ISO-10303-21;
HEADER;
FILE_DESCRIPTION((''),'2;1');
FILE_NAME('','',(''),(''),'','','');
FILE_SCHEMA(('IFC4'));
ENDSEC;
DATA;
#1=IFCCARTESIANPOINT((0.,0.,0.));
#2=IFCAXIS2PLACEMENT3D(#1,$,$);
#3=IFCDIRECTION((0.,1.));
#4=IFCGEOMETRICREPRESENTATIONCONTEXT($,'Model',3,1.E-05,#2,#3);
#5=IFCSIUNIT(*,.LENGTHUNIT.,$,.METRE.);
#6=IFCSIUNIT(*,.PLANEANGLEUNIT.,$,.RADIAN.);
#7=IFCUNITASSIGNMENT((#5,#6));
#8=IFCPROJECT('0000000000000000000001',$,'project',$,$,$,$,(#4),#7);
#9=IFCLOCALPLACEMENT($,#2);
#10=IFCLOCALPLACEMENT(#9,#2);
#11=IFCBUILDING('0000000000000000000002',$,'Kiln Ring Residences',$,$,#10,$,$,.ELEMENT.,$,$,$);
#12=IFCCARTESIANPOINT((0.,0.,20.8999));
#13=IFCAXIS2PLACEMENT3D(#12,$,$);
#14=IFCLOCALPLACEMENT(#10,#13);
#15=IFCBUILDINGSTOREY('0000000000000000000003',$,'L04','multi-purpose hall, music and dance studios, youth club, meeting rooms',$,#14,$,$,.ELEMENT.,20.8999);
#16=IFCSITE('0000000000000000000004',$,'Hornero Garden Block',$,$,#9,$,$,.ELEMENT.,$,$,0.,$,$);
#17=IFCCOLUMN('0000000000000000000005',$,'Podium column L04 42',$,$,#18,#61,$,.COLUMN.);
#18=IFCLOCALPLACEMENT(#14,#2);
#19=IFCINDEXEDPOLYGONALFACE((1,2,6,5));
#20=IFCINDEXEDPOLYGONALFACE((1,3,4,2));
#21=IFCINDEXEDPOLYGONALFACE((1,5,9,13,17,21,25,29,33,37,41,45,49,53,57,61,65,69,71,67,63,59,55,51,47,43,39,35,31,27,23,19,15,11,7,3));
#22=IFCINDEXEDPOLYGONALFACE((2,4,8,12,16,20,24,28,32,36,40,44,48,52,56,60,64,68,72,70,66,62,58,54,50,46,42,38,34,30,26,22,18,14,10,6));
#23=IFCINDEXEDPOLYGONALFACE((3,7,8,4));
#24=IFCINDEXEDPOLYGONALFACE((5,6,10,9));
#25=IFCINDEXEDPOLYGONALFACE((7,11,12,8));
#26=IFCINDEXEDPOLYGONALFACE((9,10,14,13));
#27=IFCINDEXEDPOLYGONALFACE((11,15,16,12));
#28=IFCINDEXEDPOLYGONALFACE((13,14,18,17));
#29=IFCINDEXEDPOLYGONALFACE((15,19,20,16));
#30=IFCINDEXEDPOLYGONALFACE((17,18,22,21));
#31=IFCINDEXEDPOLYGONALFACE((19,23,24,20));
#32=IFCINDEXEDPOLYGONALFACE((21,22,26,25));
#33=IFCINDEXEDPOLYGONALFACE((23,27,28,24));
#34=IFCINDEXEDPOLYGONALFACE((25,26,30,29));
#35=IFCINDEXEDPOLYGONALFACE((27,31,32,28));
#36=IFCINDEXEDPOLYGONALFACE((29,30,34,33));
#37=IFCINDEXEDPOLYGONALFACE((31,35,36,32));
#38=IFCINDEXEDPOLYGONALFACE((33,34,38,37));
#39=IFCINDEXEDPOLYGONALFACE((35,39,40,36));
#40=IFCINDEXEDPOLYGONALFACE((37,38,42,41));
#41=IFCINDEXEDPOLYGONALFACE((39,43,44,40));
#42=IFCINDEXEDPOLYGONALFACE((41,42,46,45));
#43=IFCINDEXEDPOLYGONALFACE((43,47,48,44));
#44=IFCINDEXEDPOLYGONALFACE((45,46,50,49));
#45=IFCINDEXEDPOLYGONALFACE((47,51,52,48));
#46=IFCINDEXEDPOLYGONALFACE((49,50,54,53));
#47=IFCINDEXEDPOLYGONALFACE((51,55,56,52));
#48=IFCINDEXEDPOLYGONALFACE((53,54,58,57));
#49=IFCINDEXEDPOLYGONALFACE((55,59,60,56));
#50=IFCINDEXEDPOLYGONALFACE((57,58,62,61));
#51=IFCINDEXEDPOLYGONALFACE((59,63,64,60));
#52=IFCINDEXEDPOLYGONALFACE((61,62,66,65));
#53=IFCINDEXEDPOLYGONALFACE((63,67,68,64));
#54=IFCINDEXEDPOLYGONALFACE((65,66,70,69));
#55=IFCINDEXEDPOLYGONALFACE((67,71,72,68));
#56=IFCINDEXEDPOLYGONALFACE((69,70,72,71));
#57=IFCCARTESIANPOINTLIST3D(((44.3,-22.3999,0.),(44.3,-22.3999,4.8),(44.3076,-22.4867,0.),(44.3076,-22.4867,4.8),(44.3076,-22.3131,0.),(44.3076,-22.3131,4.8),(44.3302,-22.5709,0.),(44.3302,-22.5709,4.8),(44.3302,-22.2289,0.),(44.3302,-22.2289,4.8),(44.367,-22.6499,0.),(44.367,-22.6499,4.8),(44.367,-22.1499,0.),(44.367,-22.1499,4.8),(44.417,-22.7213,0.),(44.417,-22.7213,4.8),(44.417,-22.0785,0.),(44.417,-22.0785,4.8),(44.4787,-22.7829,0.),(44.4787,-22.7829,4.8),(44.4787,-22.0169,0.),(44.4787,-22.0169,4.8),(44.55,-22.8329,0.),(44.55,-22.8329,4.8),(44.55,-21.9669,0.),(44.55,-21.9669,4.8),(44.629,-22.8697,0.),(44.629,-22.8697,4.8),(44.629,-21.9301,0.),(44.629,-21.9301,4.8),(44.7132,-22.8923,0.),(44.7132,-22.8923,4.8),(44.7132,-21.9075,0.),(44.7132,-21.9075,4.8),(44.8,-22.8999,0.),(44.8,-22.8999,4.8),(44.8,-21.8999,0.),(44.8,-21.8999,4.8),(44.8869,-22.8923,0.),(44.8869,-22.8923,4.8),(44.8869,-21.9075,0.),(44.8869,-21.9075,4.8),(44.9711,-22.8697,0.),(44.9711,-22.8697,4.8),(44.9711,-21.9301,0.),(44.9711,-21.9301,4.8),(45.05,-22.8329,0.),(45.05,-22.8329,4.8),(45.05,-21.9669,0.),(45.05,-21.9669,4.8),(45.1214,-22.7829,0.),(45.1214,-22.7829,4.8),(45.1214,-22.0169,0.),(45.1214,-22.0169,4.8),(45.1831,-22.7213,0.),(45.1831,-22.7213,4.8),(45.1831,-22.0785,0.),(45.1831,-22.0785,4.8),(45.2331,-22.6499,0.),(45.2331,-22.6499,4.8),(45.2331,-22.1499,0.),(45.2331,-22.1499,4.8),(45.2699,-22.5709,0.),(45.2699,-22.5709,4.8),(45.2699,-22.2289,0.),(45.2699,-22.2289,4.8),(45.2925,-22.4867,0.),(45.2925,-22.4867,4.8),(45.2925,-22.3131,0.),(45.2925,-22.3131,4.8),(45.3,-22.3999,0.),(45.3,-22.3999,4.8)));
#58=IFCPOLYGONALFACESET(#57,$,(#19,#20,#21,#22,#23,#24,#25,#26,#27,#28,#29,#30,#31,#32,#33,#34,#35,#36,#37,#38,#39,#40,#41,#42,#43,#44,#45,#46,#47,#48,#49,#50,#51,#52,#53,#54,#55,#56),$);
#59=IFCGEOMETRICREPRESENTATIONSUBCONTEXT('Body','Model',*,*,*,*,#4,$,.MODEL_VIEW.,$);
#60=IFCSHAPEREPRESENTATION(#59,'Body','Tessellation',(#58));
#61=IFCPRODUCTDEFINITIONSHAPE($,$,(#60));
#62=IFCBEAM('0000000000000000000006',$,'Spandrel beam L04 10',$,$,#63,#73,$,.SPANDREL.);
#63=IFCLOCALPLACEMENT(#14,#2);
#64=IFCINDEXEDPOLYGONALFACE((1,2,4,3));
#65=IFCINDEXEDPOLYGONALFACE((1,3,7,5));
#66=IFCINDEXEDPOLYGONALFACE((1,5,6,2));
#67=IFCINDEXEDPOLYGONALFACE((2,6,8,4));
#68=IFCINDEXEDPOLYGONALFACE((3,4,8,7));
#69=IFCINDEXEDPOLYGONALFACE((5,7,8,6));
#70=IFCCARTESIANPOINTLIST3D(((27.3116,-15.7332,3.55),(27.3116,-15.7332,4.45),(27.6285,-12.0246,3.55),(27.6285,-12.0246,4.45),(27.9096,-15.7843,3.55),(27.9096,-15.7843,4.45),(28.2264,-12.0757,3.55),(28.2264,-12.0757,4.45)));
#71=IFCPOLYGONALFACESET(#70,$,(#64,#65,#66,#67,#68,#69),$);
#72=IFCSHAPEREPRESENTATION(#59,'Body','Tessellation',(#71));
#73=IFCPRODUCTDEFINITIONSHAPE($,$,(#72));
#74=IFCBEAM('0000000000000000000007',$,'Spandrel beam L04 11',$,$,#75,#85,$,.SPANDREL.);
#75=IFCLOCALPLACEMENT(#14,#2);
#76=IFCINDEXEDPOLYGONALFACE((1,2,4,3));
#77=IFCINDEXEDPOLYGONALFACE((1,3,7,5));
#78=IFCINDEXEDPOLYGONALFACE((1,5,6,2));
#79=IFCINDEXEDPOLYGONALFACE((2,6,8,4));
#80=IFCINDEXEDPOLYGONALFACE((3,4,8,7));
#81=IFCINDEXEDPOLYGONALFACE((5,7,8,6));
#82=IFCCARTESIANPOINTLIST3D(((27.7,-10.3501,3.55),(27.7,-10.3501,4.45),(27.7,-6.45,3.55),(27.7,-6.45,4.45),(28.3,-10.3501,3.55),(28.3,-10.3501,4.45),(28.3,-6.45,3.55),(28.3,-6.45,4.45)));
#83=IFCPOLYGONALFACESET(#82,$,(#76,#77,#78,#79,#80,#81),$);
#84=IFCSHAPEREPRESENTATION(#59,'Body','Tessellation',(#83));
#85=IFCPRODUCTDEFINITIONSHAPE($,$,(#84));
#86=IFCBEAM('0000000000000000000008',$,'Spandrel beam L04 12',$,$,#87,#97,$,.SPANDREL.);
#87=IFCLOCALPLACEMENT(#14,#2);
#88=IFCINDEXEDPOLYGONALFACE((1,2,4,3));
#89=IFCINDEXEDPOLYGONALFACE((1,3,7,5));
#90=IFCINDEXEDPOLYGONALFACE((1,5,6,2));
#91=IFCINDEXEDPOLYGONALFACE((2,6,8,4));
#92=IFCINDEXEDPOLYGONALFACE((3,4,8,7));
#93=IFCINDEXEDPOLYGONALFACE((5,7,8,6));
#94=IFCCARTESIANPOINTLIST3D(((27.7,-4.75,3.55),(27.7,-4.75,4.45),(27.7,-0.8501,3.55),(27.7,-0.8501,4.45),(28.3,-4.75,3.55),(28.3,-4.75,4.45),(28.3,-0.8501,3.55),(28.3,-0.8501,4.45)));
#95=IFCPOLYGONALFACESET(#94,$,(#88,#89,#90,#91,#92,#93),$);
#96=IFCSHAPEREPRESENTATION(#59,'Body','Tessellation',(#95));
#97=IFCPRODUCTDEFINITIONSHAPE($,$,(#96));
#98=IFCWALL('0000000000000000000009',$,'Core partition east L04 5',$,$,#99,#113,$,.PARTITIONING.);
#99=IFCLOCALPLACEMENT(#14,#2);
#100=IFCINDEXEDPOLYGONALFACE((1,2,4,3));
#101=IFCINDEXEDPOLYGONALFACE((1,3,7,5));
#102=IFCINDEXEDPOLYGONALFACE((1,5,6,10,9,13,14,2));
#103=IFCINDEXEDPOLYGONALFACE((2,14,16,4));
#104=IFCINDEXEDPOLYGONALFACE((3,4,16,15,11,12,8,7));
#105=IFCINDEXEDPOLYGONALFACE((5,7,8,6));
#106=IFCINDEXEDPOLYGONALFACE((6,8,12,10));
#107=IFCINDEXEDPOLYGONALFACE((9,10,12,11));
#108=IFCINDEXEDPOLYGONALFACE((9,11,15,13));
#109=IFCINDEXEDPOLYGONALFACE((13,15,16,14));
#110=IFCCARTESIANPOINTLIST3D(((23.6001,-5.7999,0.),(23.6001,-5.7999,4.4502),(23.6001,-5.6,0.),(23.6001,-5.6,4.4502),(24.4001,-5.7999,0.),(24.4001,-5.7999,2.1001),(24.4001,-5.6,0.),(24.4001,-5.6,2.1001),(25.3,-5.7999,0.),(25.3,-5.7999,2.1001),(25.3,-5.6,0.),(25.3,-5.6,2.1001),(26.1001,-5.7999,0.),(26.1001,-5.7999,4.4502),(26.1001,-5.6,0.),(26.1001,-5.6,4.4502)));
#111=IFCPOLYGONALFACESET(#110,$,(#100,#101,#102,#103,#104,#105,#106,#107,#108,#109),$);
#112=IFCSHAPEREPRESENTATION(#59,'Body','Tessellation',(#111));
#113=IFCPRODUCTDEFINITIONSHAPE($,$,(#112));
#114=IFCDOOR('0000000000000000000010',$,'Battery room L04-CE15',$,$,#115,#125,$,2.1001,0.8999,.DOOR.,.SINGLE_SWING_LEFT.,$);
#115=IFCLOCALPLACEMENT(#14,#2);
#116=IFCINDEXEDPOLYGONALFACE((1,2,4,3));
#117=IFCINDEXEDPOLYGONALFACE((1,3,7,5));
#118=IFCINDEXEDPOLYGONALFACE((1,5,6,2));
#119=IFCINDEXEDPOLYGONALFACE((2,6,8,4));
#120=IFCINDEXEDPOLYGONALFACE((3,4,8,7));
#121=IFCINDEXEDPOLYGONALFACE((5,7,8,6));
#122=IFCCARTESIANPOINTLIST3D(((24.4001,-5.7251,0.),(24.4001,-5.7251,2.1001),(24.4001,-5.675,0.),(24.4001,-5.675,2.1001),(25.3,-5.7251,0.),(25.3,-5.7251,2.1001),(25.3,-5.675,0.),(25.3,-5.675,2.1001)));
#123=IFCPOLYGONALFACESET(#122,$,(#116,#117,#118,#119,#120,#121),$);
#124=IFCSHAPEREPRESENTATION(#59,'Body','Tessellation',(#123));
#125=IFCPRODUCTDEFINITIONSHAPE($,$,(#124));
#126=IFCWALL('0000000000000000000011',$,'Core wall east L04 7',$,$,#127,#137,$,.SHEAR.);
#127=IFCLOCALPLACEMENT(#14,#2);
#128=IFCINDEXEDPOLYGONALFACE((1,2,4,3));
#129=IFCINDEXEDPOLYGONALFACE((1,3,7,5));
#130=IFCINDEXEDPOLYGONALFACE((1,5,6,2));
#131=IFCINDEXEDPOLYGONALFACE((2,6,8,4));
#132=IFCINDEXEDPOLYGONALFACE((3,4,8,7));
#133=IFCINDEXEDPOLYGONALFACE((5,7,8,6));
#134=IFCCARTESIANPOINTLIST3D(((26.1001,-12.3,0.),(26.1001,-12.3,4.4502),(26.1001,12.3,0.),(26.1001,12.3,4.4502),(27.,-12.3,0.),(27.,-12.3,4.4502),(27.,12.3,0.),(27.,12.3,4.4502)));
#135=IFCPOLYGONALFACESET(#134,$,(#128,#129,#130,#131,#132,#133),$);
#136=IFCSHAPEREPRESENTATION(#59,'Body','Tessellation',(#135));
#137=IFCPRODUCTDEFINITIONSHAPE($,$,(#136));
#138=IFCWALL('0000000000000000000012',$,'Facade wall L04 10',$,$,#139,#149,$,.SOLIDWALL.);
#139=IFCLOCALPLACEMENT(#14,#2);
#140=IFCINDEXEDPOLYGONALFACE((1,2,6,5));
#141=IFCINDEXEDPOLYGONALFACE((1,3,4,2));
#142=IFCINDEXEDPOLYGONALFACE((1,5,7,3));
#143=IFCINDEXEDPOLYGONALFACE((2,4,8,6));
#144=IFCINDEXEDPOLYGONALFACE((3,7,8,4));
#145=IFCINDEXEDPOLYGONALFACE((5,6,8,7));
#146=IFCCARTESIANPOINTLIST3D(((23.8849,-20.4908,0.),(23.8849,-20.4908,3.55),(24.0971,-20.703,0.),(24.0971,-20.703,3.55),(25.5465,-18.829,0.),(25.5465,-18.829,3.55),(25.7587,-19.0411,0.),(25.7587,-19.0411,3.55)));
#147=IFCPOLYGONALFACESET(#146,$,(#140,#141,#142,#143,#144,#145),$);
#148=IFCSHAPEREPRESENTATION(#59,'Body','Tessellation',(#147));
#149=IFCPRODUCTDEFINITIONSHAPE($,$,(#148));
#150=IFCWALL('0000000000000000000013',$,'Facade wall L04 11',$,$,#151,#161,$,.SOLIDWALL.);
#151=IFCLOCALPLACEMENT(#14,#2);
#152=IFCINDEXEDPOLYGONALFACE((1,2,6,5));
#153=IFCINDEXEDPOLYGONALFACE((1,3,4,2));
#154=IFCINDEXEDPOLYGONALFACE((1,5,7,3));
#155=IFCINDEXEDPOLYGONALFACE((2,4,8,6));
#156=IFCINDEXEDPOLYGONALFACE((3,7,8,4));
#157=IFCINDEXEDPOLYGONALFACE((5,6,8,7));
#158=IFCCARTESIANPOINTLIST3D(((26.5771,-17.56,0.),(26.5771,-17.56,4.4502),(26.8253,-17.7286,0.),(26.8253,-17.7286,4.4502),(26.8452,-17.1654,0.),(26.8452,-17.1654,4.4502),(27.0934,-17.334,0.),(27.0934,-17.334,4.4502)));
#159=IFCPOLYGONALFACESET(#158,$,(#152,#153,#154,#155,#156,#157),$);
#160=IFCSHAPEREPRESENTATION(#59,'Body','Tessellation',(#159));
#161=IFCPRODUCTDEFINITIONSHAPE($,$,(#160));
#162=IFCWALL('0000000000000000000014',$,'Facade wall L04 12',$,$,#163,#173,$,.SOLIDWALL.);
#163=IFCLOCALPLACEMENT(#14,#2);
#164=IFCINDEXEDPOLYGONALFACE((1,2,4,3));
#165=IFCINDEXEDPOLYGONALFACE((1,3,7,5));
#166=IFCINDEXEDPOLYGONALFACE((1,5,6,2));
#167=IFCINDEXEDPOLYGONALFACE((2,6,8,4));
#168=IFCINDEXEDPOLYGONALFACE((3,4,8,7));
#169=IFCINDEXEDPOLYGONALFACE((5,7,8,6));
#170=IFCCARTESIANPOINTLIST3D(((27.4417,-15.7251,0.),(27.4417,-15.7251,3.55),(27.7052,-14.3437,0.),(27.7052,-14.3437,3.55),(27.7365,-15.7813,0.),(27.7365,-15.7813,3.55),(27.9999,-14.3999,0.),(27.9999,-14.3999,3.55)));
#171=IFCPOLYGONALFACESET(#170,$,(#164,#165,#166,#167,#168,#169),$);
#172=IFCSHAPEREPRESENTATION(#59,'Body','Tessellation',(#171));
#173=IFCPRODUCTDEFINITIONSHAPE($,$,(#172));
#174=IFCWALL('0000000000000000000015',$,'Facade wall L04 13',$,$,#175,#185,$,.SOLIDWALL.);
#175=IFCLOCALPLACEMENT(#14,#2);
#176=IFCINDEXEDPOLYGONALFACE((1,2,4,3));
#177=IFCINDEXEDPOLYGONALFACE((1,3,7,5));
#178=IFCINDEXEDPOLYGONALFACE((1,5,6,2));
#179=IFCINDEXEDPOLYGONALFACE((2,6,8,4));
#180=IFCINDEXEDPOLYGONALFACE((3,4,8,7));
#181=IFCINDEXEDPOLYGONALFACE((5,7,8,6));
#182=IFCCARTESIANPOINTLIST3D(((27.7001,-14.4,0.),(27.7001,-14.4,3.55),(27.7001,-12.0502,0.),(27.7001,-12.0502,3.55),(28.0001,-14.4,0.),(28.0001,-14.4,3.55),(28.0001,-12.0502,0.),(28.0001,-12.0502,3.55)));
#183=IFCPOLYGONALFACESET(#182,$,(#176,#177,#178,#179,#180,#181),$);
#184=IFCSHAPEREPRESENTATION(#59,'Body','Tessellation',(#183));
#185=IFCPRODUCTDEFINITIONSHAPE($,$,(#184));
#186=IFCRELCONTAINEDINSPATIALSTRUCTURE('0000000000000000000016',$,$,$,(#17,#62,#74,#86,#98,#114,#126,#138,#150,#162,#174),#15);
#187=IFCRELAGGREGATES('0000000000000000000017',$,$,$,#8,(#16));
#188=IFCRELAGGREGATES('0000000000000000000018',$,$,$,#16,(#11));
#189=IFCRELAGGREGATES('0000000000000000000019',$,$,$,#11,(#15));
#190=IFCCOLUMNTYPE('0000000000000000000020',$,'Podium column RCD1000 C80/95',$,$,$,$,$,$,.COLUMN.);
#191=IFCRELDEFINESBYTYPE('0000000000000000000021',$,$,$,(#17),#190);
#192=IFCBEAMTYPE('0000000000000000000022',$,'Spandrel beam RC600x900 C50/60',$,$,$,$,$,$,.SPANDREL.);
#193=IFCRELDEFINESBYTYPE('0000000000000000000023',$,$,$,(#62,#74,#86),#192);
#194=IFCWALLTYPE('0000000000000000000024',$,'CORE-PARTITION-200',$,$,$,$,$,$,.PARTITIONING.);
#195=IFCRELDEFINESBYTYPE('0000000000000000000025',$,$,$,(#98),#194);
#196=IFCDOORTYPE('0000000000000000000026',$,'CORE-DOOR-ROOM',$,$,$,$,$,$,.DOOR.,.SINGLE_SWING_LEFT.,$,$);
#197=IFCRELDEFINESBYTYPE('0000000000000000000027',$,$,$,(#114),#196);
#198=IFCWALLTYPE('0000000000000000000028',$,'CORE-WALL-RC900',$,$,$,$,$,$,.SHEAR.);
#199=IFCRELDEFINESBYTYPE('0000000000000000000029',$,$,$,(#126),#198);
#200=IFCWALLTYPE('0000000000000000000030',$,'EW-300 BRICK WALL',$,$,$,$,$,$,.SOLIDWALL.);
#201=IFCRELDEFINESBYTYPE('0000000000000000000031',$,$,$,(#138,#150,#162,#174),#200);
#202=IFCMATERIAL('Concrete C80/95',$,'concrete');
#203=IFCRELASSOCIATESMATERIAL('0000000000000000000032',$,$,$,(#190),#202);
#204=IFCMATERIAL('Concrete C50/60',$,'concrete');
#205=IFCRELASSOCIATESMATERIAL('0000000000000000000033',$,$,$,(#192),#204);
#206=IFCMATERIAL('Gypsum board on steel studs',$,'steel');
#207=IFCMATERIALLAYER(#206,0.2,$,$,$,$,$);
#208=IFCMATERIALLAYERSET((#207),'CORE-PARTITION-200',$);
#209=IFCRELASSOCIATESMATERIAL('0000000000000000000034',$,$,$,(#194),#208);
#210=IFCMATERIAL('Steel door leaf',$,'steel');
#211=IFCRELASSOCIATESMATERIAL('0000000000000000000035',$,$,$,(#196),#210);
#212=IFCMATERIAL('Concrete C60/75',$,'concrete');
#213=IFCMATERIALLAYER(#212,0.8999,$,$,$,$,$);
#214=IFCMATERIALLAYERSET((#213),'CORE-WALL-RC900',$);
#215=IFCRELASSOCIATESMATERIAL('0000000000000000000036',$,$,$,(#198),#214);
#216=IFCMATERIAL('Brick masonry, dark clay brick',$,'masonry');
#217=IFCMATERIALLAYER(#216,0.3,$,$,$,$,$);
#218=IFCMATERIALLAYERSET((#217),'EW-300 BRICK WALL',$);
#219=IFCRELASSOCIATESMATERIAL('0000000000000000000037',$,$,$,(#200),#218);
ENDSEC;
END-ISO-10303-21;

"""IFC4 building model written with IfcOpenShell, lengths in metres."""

from ifc_helpers import new_model, si_unit, direction, frame, frame_2d, origin, origin_2d, place, context, subcontext, project, spatial, rectangle, circle, extrude, material, layer, layer_set, material_profile, profile_set, type_object, element, fill, save


model = new_model("IFC4")

# Units and contexts
model_context = context("Model", 3, precision=1e-05, world=origin(), true_north=direction((0.0, 1.0)))
body_context = subcontext(model_context, "Body", "Model", "MODEL_VIEW")
ifc_project = project(units=[si_unit("LENGTHUNIT", "METRE"), si_unit("PLANEANGLEUNIT", "RADIAN")], contexts=[model_context])

# Site, building, storey
site_placement = place(None, origin())
site = spatial("IfcSite", under=ifc_project, at=site_placement, Name="Hornero Garden Block", CompositionType="ELEMENT", RefElevation=0.0)
building_placement = place(site_placement, origin())
building = spatial("IfcBuilding", under=site, at=building_placement, Name="Kiln Ring Residences", CompositionType="ELEMENT")
storey_placement = place(building_placement, frame((0.0, 0.0, 20.8999)))
storey = spatial("IfcBuildingStorey", under=building, at=storey_placement, Name="L04", Description="multi-purpose hall, music and dance studios, youth club, meeting rooms", CompositionType="ELEMENT", Elevation=20.8999)

# Column
ifc_material_1 = material(Name="Concrete C80/95", Category="concrete")
ifc_material_profile_1 = material_profile(ifc_material_1, circle(Radius=0.5, at=origin_2d()), Name="RCD1000")
ifc_profile_set_1 = profile_set([ifc_material_profile_1], Name="Concrete C80/95")
column_type_1 = type_object("IfcColumnType", Name="Podium column RCD1000 C80/95", PredefinedType="COLUMN", material=ifc_profile_set_1)
for number, where, z_axis, x_axis, name in (
    (1, (44.8, -22.3999, 0.0), (0.0, 0.0, 1.0), (1.0, 0.0, 0.0), "Podium column L04 42"),
):
    element("IfcColumn", number, at=place(storey_placement, frame(where, z_axis=z_axis, x_axis=x_axis)), inside=storey, type_object=column_type_1, Name=name, PredefinedType="COLUMN", context=body_context, shape_type="SweptSolid", body=[
        extrude(circle(Radius=0.5, at=origin_2d()), origin(), (0.0, 0.0, 1.0), 4.8),
    ])

# Beams
ifc_material_2 = material(Name="Concrete C50/60", Category="concrete")
ifc_material_profile_2 = material_profile(ifc_material_2, rectangle(XDim=0.6001, YDim=0.8999, at=origin_2d()), Name="RC600x900")
ifc_profile_set_2 = profile_set([ifc_material_profile_2], Name="Concrete C50/60")
beam_type = type_object("IfcBeamType", Name="Spandrel beam RC600x900 C50/60", PredefinedType="SPANDREL", material=ifc_profile_set_2)
beam_1_placement = place(storey_placement, frame((27.6106, -15.7588, 4.0), z_axis=(0.085135, 0.996369, 0.0), x_axis=(-0.996369, 0.085135, 0.0)))
element("IfcBeam", 2, at=beam_1_placement, inside=storey, type_object=beam_type, Name="Spandrel beam L04 10", PredefinedType="SPANDREL", context=body_context, shape_type="SweptSolid", body=[
    extrude(rectangle(XDim=0.6001, YDim=0.8999, at=origin_2d()), origin(), (0.0, 0.0, 1.0), 3.7222),
])
beam_2_placement = place(storey_placement, frame((28.0, -10.3501, 4.0), z_axis=(0.0, 1.0, 0.0), x_axis=(-1.0, 0.0, 0.0)))
element("IfcBeam", 3, at=beam_2_placement, inside=storey, type_object=beam_type, Name="Spandrel beam L04 11", PredefinedType="SPANDREL", context=body_context, shape_type="SweptSolid", body=[
    extrude(rectangle(XDim=0.6001, YDim=0.8999, at=origin_2d()), origin(), (0.0, 0.0, 1.0), 3.9001),
])
beam_3_placement = place(storey_placement, frame((28.0, -4.75, 4.0), z_axis=(0.0, 1.0, 0.0), x_axis=(-1.0, 0.0, 0.0)))
element("IfcBeam", 4, at=beam_3_placement, inside=storey, type_object=beam_type, Name="Spandrel beam L04 12", PredefinedType="SPANDREL", context=body_context, shape_type="SweptSolid", body=[
    extrude(rectangle(XDim=0.6001, YDim=0.8999, at=origin_2d()), origin(), (0.0, 0.0, 1.0), 3.8999),
])

# Wall, opening, door
ifc_material_3 = material(Name="Gypsum board on steel studs", Category="steel")
ifc_layer_1 = layer(ifc_material_3, 0.2)
ifc_layer_set_1 = layer_set([ifc_layer_1], Name="CORE-PARTITION-200")
wall_type_1 = type_object("IfcWallType", Name="CORE-PARTITION-200", PredefinedType="PARTITIONING", material=ifc_layer_set_1)
wall_1_placement = place(storey_placement, frame((23.6001, -5.7, 0.0), z_axis=(0.0, 0.0, 1.0), x_axis=(1.0, 0.0, 0.0)))
wall_1 = element("IfcWall", 5, at=wall_1_placement, inside=storey, type_object=wall_type_1, Name="Core partition east L04 5", PredefinedType="PARTITIONING", context=body_context, shape_type="SweptSolid", body=[
    extrude(rectangle(XDim=2.5, YDim=0.2, at=frame_2d((1.25, 0.0))), origin(), (0.0, 0.0, 1.0), 4.4502),
])
opening_placement = place(wall_1_placement, frame((0.8, 0.0, 0.0)))
opening = element("IfcOpeningElement", 6, at=opening_placement, cuts=wall_1, PredefinedType="OPENING", context=body_context, shape_type="SweptSolid", body=[
    extrude(rectangle(XDim=0.8999, YDim=2.1001, at=frame_2d((0.45, 1.05))), frame((0.0, 0.1099, 0.0), z_axis=(0.0, -1.0, 0.0), x_axis=(1.0, 0.0, 0.0)), (0.0, 0.0, 1.0), 0.22),
])
ifc_material_4 = material(Name="Steel door leaf", Category="steel")
door_type = type_object("IfcDoorType", Name="CORE-DOOR-ROOM", OperationType="SINGLE_SWING_LEFT", PredefinedType="DOOR", material=ifc_material_4)
door_placement = place(opening_placement, origin())
door = element("IfcDoor", 7, at=door_placement, inside=storey, type_object=door_type, Name="Battery room L04-CE15", OperationType="SINGLE_SWING_LEFT", OverallHeight=2.1001, OverallWidth=0.8999, PredefinedType="DOOR", context=body_context, shape_type="SweptSolid", body=[
    extrude(rectangle(XDim=0.8999, YDim=2.1001, at=frame_2d((0.45, 1.05))), frame((0.0, 0.0249, 0.0), z_axis=(0.0, -1.0, 0.0), x_axis=(1.0, 0.0, 0.0)), (0.0, 0.0, 1.0), 0.05),
])
fill(opening, door)

# Walls
ifc_material_5 = material(Name="Concrete C60/75", Category="concrete")
ifc_layer_2 = layer(ifc_material_5, 0.8999)
ifc_layer_set_2 = layer_set([ifc_layer_2], Name="CORE-WALL-RC900")
wall_type_2 = type_object("IfcWallType", Name="CORE-WALL-RC900", PredefinedType="SHEAR", material=ifc_layer_set_2)
wall_2_placement = place(storey_placement, frame((26.55, -12.3, 0.0), z_axis=(0.0, 0.0, 1.0), x_axis=(0.0, 1.0, 0.0)))
element("IfcWall", 8, at=wall_2_placement, inside=storey, type_object=wall_type_2, Name="Core wall east L04 7", PredefinedType="SHEAR", context=body_context, shape_type="SweptSolid", body=[
    extrude(rectangle(XDim=24.6001, YDim=0.8999, at=frame_2d((12.3, 0.0))), origin(), (0.0, 0.0, 1.0), 4.4502),
])
ifc_material_6 = material(Name="Brick masonry, dark clay brick", Category="masonry")
ifc_layer_3 = layer(ifc_material_6, 0.3)
ifc_layer_set_3 = layer_set([ifc_layer_3], Name="EW-300 BRICK WALL")
wall_type_3 = type_object("IfcWallType", Name="EW-300 BRICK WALL", PredefinedType="SOLIDWALL", material=ifc_layer_set_3)
wall_3_placement = place(storey_placement, frame((23.991, -20.5969, 0.0), z_axis=(0.0, 0.0, 1.0), x_axis=(0.707055, 0.707159, 0.0)))
element("IfcWall", 9, at=wall_3_placement, inside=storey, type_object=wall_type_3, Name="Facade wall L04 10", PredefinedType="SOLIDWALL", context=body_context, shape_type="SweptSolid", body=[
    extrude(rectangle(XDim=2.3501, YDim=0.3, at=frame_2d((1.175, 0.0))), origin(), (0.0, 0.0, 1.0), 3.55),
])
wall_4_placement = place(storey_placement, frame((26.7012, -17.6443, 0.0), z_axis=(0.0, 0.0, 1.0), x_axis=(0.562002, 0.827136, 0.0)))
element("IfcWall", 10, at=wall_4_placement, inside=storey, type_object=wall_type_3, Name="Facade wall L04 11", PredefinedType="SOLIDWALL", context=body_context, shape_type="SweptSolid", body=[
    extrude(rectangle(XDim=0.4771, YDim=0.3, at=frame_2d((0.2385, 0.0))), origin(), (0.0, 0.0, 1.0), 4.4502),
])
wall_5_placement = place(storey_placement, frame((27.5891, -15.7532, 0.0), z_axis=(0.0, 0.0, 1.0), x_axis=(0.187328, 0.982298, 0.0)))
element("IfcWall", 11, at=wall_5_placement, inside=storey, type_object=wall_type_3, Name="Facade wall L04 12", PredefinedType="SOLIDWALL", context=body_context, shape_type="SweptSolid", body=[
    extrude(rectangle(XDim=1.4062, YDim=0.3, at=frame_2d((0.7031, 0.0))), origin(), (0.0, 0.0, 1.0), 3.55),
])
wall_6_placement = place(storey_placement, frame((27.8501, -14.3999, 0.0), z_axis=(0.0, 0.0, 1.0), x_axis=(0.0, 1.0, 0.0)))
element("IfcWall", 12, at=wall_6_placement, inside=storey, type_object=wall_type_3, Name="Facade wall L04 13", PredefinedType="SOLIDWALL", context=body_context, shape_type="SweptSolid", body=[
    extrude(rectangle(XDim=2.3499, YDim=0.3, at=frame_2d((1.1748, 0.0))), origin(), (0.0, 0.0, 1.0), 3.55),
])

save(model, "model.ifc")
